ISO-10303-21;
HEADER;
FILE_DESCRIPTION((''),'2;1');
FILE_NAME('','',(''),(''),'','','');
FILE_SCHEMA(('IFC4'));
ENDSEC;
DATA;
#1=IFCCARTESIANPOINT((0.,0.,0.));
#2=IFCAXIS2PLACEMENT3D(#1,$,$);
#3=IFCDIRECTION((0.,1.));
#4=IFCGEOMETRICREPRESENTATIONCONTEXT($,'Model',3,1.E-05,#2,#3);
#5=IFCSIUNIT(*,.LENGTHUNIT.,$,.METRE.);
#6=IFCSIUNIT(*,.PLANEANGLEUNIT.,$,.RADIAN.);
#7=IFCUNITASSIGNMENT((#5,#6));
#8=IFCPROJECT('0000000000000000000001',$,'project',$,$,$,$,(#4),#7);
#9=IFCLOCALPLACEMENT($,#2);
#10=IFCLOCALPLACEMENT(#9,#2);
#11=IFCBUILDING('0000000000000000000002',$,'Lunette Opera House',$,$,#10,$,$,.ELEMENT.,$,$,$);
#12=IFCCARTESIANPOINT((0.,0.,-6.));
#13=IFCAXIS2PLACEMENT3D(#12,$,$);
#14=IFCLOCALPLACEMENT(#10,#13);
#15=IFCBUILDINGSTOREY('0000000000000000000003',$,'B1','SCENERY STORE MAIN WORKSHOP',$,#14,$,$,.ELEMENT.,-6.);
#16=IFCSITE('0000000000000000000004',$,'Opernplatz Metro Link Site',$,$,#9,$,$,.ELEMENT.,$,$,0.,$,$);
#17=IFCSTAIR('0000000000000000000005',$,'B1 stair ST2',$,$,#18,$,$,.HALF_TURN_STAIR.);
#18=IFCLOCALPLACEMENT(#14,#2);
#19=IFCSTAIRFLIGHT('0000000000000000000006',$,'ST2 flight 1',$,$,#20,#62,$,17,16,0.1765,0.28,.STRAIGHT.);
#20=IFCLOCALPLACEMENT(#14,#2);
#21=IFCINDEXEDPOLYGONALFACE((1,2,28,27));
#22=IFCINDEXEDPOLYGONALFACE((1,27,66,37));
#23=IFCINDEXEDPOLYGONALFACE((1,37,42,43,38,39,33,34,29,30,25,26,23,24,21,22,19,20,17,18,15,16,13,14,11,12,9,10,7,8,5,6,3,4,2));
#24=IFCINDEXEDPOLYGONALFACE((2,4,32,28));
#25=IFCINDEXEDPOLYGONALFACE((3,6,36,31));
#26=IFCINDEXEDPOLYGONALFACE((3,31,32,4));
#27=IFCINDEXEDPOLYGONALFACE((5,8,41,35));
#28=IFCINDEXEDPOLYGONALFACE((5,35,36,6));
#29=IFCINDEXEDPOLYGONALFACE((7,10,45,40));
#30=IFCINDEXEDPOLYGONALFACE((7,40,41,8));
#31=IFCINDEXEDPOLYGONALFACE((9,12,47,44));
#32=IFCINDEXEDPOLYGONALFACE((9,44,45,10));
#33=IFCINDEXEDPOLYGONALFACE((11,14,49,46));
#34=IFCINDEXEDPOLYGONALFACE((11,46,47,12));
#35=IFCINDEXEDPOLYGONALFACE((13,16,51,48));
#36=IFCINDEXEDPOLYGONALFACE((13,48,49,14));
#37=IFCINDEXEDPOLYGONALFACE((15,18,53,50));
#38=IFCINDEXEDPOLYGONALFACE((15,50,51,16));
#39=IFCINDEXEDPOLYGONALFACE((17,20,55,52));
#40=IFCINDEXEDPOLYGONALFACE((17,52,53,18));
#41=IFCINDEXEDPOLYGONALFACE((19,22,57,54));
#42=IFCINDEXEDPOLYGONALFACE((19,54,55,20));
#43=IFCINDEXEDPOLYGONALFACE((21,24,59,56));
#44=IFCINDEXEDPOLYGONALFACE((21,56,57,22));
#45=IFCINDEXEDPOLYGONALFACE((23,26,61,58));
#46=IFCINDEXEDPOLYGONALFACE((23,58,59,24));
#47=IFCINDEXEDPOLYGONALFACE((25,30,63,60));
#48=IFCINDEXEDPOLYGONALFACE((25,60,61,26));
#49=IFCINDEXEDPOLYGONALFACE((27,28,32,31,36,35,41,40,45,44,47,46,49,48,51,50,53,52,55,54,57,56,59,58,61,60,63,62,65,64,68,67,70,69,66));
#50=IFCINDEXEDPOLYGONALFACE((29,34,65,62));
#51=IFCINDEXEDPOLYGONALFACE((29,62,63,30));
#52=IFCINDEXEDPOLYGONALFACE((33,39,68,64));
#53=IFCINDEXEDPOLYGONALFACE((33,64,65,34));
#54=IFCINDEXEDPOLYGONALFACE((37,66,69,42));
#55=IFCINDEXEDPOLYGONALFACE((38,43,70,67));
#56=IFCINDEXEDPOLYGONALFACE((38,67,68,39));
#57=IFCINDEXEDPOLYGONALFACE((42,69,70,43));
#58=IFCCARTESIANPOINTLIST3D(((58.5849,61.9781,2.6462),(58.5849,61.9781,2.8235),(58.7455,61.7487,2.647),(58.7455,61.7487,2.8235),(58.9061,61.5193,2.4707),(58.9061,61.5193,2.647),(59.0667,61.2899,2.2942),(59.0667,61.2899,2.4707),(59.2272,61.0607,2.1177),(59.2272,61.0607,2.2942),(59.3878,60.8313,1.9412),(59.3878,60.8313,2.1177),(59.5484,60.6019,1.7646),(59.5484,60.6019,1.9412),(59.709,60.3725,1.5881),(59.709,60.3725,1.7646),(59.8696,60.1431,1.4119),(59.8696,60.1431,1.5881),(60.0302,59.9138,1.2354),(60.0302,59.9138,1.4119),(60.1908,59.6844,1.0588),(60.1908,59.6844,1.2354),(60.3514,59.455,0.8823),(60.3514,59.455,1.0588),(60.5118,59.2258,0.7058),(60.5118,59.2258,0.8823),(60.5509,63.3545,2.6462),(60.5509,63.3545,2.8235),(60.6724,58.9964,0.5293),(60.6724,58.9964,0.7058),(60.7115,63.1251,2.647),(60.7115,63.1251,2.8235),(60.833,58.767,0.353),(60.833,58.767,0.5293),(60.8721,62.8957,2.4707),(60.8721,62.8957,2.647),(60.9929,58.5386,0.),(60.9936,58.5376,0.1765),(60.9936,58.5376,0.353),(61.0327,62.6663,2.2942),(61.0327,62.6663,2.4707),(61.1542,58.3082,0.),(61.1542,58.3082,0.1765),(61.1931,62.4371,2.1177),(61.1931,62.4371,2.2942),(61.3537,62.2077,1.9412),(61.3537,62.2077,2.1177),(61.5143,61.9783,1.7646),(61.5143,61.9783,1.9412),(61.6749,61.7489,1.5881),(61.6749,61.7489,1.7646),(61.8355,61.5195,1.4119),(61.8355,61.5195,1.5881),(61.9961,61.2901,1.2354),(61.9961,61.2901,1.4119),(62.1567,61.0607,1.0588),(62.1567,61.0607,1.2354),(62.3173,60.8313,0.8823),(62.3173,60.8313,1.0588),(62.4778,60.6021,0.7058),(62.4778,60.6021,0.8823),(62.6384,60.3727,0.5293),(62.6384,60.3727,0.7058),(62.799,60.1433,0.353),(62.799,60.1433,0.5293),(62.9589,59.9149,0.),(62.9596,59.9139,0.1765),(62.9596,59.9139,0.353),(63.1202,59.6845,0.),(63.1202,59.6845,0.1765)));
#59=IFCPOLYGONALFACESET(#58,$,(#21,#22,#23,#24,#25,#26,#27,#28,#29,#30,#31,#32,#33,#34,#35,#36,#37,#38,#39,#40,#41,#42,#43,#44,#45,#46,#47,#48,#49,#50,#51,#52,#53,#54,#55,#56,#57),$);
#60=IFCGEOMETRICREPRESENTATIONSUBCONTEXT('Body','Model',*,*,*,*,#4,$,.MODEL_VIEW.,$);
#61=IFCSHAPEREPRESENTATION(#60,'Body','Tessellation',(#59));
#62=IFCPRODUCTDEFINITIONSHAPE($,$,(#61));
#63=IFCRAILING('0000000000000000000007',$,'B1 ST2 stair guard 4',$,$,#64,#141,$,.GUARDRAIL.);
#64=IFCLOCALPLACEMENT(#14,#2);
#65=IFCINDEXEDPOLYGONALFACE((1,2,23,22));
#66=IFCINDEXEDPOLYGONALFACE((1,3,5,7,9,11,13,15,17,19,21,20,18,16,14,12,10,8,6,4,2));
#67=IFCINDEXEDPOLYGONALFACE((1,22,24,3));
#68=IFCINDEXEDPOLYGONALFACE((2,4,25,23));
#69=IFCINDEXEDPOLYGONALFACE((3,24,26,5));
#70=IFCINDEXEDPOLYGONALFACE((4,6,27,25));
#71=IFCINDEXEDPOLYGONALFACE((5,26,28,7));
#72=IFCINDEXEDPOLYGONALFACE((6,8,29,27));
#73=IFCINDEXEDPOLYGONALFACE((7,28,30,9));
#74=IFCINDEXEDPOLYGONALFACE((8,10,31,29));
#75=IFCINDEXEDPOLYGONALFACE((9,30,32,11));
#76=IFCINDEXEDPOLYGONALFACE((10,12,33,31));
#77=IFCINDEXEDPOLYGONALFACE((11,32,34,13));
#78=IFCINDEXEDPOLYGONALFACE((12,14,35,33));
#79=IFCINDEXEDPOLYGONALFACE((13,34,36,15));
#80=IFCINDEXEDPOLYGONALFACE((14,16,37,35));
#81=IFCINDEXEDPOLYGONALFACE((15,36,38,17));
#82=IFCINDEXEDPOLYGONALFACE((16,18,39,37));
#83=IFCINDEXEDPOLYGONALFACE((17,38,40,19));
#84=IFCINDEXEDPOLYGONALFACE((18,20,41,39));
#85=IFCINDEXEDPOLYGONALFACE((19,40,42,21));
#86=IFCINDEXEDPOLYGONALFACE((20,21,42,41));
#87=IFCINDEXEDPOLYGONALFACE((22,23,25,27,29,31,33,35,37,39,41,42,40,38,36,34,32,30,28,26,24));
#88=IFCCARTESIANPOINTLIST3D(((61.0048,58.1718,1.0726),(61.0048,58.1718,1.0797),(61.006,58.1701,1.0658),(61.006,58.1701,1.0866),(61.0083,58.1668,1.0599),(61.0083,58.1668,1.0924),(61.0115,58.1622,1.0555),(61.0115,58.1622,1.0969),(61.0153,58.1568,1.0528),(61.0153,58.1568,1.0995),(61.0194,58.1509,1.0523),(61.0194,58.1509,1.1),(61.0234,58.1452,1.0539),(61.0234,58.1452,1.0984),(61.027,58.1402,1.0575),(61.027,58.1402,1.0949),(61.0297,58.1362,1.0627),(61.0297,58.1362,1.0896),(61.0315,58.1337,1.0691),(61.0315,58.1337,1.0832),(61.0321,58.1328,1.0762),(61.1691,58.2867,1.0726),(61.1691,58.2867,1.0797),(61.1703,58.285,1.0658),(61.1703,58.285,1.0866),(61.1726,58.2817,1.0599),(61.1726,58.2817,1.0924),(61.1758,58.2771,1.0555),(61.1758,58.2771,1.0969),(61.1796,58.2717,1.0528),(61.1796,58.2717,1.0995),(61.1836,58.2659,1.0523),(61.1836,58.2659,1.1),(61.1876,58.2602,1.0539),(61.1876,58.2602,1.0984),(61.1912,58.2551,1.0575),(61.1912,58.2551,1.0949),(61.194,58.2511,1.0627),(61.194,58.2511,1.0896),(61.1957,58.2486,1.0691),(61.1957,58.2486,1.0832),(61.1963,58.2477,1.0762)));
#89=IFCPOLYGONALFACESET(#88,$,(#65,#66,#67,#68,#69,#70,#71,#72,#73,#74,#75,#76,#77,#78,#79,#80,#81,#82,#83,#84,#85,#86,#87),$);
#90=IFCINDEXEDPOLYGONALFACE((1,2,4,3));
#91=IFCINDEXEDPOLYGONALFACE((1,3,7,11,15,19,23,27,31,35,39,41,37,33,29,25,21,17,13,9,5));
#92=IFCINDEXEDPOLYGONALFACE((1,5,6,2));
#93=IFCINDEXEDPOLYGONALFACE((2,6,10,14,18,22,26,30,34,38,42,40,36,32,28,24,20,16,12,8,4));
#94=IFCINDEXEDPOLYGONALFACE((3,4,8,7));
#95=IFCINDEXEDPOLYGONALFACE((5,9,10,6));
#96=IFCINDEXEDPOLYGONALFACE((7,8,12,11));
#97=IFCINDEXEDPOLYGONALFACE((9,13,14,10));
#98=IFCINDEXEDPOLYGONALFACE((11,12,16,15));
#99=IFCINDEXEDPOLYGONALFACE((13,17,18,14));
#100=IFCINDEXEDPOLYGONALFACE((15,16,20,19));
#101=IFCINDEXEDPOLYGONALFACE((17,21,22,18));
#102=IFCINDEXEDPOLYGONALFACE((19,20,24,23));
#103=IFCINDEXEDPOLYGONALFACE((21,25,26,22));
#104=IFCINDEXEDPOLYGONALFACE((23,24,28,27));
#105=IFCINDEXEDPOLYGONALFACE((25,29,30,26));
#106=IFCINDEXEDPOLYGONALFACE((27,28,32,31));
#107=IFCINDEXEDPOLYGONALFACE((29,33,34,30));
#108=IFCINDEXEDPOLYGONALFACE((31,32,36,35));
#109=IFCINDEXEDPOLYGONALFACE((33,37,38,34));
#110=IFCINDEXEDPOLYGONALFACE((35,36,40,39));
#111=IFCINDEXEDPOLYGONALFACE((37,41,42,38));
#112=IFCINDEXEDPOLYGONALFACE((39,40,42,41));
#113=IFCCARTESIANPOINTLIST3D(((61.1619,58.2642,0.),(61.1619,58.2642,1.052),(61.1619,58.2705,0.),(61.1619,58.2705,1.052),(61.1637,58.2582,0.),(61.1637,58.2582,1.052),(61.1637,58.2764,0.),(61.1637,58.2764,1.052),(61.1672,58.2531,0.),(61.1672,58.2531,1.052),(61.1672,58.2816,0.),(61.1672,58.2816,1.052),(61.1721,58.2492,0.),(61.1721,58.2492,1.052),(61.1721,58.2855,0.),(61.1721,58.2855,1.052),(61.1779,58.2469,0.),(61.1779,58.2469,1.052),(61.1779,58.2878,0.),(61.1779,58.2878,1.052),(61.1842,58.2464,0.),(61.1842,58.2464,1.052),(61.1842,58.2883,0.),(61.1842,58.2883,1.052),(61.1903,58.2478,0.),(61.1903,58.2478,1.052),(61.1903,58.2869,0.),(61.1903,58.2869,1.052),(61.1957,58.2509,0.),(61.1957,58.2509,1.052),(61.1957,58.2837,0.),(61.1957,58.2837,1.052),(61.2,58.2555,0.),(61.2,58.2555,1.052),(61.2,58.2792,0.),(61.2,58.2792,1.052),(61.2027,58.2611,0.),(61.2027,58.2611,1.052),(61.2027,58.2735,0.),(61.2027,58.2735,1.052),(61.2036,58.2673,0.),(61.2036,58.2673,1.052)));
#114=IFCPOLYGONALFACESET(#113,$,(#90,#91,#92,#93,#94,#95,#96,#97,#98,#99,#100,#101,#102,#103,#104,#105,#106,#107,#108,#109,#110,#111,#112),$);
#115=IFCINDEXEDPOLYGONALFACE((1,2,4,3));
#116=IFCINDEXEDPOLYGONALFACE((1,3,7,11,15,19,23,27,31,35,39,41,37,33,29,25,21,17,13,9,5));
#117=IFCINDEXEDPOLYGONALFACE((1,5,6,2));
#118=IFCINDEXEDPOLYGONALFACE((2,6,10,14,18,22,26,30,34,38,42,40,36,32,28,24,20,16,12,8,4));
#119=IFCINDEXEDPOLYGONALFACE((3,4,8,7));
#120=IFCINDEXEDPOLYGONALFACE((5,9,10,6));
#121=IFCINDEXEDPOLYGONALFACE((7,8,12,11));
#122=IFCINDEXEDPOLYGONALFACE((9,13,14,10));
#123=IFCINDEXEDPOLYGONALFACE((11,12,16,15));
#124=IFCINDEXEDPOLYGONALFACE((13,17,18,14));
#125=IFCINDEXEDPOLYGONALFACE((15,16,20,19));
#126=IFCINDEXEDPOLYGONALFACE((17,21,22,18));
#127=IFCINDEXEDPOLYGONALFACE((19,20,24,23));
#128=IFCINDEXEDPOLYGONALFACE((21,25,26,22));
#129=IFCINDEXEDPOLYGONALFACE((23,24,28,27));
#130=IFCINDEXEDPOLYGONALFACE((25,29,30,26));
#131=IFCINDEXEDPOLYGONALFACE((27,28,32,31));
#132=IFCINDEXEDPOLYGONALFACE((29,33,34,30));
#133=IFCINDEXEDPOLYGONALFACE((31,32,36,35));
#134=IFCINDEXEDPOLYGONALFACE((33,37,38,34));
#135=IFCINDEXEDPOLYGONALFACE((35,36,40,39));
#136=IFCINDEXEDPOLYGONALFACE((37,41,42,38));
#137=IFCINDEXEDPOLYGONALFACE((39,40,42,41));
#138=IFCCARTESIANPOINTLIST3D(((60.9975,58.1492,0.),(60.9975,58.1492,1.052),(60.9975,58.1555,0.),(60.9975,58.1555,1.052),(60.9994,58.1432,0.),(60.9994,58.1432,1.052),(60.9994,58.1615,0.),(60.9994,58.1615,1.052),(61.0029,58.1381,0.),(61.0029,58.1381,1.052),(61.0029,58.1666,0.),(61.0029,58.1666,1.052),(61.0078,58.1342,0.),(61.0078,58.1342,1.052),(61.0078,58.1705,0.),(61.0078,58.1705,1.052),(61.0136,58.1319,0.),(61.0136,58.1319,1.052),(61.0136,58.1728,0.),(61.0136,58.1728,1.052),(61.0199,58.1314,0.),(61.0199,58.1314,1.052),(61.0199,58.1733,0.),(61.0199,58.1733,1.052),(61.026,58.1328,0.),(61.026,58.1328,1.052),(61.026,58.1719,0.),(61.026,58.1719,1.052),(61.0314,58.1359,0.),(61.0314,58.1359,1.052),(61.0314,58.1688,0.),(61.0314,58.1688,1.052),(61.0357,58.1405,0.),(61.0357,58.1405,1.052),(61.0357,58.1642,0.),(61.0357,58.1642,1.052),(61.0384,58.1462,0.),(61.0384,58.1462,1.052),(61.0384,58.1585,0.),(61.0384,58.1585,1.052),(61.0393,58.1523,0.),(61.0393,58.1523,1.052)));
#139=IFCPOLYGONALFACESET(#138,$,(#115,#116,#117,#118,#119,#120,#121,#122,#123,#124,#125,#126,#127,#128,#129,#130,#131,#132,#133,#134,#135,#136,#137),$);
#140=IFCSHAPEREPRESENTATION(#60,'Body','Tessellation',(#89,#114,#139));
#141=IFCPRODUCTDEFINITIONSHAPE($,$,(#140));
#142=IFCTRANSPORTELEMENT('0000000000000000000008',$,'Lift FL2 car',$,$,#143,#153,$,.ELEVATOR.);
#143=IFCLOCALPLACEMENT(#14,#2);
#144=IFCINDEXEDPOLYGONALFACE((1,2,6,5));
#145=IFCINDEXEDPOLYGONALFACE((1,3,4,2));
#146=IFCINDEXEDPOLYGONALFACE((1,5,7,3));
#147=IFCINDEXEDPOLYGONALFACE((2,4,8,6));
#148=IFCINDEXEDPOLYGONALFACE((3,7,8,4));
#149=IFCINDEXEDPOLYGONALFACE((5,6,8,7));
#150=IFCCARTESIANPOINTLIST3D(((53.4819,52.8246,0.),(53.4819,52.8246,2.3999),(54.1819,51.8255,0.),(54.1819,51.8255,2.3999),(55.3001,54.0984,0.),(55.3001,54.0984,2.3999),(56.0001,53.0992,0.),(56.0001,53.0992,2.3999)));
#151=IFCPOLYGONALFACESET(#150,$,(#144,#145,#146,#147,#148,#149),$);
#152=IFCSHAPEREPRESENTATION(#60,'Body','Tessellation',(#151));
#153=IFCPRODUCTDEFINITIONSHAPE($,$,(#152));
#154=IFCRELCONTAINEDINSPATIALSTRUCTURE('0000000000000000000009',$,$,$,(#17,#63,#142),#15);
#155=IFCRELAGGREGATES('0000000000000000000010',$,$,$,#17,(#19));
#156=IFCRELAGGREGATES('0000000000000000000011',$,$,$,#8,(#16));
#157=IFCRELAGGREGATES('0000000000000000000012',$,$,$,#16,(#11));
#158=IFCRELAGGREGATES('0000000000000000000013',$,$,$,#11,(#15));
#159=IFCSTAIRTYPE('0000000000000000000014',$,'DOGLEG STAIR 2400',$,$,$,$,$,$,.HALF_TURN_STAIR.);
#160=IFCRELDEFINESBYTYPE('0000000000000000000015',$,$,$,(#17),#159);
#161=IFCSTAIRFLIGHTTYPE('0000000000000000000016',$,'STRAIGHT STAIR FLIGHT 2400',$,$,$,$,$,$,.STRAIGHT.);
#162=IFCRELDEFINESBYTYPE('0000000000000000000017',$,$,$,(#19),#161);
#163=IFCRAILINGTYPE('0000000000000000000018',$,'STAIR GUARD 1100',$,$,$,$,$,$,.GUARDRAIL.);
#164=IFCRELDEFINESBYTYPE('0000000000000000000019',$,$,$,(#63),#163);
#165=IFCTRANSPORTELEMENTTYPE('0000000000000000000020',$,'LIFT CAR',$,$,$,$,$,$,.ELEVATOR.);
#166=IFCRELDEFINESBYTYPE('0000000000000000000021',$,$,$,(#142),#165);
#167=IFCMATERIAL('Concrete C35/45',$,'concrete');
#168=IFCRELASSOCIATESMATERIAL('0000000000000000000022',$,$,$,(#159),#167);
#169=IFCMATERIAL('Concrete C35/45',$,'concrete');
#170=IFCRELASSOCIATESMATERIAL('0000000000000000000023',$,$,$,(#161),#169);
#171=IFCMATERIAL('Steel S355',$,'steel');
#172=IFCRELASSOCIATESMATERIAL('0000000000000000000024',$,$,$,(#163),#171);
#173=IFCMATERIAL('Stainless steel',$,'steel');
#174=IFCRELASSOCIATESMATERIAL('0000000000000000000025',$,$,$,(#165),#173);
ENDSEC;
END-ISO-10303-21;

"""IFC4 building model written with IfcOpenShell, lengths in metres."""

from ifc_helpers import new_model, si_unit, direction, frame, origin, origin_2d, place, context, subcontext, project, spatial, polyline, rectangle, circle, outline, extrude, material, type_object, element, aggregate, save


model = new_model("IFC4")

# Units and contexts
model_context = context("Model", 3, precision=1e-05, world=origin(), true_north=direction((0.0, 1.0)))
body_context = subcontext(model_context, "Body", "Model", "MODEL_VIEW")
ifc_project = project(units=[si_unit("LENGTHUNIT", "METRE"), si_unit("PLANEANGLEUNIT", "RADIAN")], contexts=[model_context])

# Site, building, storey
site_placement = place(None, origin())
site = spatial("IfcSite", under=ifc_project, at=site_placement, Name="Opernplatz Metro Link Site", CompositionType="ELEMENT", RefElevation=0.0)
building_placement = place(site_placement, origin())
building = spatial("IfcBuilding", under=site, at=building_placement, Name="Lunette Opera House", CompositionType="ELEMENT")
storey_placement = place(building_placement, frame((0.0, 0.0, -6.0)))
storey = spatial("IfcBuildingStorey", under=building, at=storey_placement, Name="B1", Description="SCENERY STORE MAIN WORKSHOP", CompositionType="ELEMENT", Elevation=-6.0)

# Stair, stair flight
ifc_material_1 = material(Name="Concrete C35/45", Category="concrete")
stair_type = type_object("IfcStairType", Name="DOGLEG STAIR 2400", PredefinedType="HALF_TURN_STAIR", material=ifc_material_1)
stair_placement = place(storey_placement, origin())
stair = element("IfcStair", 1, at=stair_placement, inside=storey, type_object=stair_type, Name="B1 stair ST2", PredefinedType="HALF_TURN_STAIR")
ifc_material_2 = material(Name="Concrete C35/45", Category="concrete")
stair_flight_type = type_object("IfcStairFlightType", Name="STRAIGHT STAIR FLIGHT 2400", PredefinedType="STRAIGHT", material=ifc_material_2)
stair_flight_placement = place(storey_placement, frame((62.1372, 58.9963, 0.0), z_axis=(0.0, 0.0, 1.0), x_axis=(-0.57351, 0.819198, 0.0)))
stair_flight = element("IfcStairFlight", 2, at=stair_flight_placement, type_object=stair_flight_type, Name="ST2 flight 1", NumberOfRisers=17, NumberOfTreads=16, PredefinedType="STRAIGHT", RiserHeight=0.1765, TreadLength=0.28, context=body_context, shape_type="SweptSolid", body=[
    extrude(outline(polyline([(0.0, 0.0), (0.0, 0.1765), (0.28, 0.1765), (0.28, 0.353), (0.5601, 0.353), (0.5601, 0.5293), (0.8401, 0.5293), (0.8401, 0.7058), (1.1201, 0.7058), (1.1201, 0.8823), (1.3999, 0.8823), (1.3999, 1.0588), (1.6799, 1.0588), (1.6799, 1.2354), (1.96, 1.2354), (1.96, 1.4119), (2.24, 1.4119), (2.24, 1.5881), (2.52, 1.5881), (2.52, 1.7646), (2.8, 1.7646), (2.8, 1.9412), (3.0801, 1.9412), (3.0801, 2.1177), (3.3601, 2.1177), (3.3601, 2.2942), (3.6399, 2.2942), (3.6399, 2.4707), (3.9199, 2.4707), (3.9199, 2.647), (4.2, 2.647), (4.2, 2.8235), (4.48, 2.8235), (4.48, 3.0), (4.48, 2.6462), (0.2812, 0.0), (0.0, 0.0)])), frame((0.0, 1.2, 0.0), z_axis=(0.0, -1.0, 0.0), x_axis=(1.0, 0.0, 0.0)), (0.0, 0.0, 1.0), 2.3999),
])
aggregate(stair, [stair_flight])

# Railing
ifc_material_3 = material(Name="Steel S355", Category="steel")
railing_type_1 = type_object("IfcRailingType", Name="STAIR GUARD 1100", PredefinedType="GUARDRAIL", material=ifc_material_3)
railing_1_placement = place(storey_placement, frame((61.1826, 58.2673, 0.0)))
element("IfcRailing", 3, at=railing_1_placement, inside=storey, type_object=railing_type_1, Name="B1 ST2 stair guard 4", PredefinedType="GUARDRAIL", context=body_context, shape_type="SweptSolid", body=[
    extrude(circle(Radius=0.0239, at=origin_2d()), frame((0.0, 0.0, 1.0762), z_axis=(-0.819289, -0.573381, 0.0), x_axis=(0.573381, -0.819289, 0.0)), (0.0, 0.0, 1.0), 0.2004),
    extrude(circle(Radius=0.021, at=origin_2d()), origin(), (0.0, 0.0, 1.0), 1.052),
    extrude(circle(Radius=0.021, at=origin_2d()), frame((-0.1643, -0.115, 0.0)), (0.0, 0.0, 1.0), 1.052),
])

# Transport element
ifc_material_4 = material(Name="Stainless steel", Category="steel")
transport_element_type = type_object("IfcTransportElementType", Name="LIFT CAR", PredefinedType="ELEVATOR", material=ifc_material_4)
transport_element_placement = place(storey_placement, frame((54.741, 52.9619, 0.0), z_axis=(0.0, 0.0, 1.0), x_axis=(-0.573762, 0.819022, 0.0)))
element("IfcTransportElement", 4, at=transport_element_placement, inside=storey, type_object=transport_element_type, Name="Lift FL2 car", PredefinedType="ELEVATOR", context=body_context, shape_type="SweptSolid", body=[
    extrude(rectangle(XDim=1.22, YDim=2.22, at=origin_2d()), origin(), (0.0, 0.0, 1.0), 2.3999),
])

save(model, "model.ifc")
